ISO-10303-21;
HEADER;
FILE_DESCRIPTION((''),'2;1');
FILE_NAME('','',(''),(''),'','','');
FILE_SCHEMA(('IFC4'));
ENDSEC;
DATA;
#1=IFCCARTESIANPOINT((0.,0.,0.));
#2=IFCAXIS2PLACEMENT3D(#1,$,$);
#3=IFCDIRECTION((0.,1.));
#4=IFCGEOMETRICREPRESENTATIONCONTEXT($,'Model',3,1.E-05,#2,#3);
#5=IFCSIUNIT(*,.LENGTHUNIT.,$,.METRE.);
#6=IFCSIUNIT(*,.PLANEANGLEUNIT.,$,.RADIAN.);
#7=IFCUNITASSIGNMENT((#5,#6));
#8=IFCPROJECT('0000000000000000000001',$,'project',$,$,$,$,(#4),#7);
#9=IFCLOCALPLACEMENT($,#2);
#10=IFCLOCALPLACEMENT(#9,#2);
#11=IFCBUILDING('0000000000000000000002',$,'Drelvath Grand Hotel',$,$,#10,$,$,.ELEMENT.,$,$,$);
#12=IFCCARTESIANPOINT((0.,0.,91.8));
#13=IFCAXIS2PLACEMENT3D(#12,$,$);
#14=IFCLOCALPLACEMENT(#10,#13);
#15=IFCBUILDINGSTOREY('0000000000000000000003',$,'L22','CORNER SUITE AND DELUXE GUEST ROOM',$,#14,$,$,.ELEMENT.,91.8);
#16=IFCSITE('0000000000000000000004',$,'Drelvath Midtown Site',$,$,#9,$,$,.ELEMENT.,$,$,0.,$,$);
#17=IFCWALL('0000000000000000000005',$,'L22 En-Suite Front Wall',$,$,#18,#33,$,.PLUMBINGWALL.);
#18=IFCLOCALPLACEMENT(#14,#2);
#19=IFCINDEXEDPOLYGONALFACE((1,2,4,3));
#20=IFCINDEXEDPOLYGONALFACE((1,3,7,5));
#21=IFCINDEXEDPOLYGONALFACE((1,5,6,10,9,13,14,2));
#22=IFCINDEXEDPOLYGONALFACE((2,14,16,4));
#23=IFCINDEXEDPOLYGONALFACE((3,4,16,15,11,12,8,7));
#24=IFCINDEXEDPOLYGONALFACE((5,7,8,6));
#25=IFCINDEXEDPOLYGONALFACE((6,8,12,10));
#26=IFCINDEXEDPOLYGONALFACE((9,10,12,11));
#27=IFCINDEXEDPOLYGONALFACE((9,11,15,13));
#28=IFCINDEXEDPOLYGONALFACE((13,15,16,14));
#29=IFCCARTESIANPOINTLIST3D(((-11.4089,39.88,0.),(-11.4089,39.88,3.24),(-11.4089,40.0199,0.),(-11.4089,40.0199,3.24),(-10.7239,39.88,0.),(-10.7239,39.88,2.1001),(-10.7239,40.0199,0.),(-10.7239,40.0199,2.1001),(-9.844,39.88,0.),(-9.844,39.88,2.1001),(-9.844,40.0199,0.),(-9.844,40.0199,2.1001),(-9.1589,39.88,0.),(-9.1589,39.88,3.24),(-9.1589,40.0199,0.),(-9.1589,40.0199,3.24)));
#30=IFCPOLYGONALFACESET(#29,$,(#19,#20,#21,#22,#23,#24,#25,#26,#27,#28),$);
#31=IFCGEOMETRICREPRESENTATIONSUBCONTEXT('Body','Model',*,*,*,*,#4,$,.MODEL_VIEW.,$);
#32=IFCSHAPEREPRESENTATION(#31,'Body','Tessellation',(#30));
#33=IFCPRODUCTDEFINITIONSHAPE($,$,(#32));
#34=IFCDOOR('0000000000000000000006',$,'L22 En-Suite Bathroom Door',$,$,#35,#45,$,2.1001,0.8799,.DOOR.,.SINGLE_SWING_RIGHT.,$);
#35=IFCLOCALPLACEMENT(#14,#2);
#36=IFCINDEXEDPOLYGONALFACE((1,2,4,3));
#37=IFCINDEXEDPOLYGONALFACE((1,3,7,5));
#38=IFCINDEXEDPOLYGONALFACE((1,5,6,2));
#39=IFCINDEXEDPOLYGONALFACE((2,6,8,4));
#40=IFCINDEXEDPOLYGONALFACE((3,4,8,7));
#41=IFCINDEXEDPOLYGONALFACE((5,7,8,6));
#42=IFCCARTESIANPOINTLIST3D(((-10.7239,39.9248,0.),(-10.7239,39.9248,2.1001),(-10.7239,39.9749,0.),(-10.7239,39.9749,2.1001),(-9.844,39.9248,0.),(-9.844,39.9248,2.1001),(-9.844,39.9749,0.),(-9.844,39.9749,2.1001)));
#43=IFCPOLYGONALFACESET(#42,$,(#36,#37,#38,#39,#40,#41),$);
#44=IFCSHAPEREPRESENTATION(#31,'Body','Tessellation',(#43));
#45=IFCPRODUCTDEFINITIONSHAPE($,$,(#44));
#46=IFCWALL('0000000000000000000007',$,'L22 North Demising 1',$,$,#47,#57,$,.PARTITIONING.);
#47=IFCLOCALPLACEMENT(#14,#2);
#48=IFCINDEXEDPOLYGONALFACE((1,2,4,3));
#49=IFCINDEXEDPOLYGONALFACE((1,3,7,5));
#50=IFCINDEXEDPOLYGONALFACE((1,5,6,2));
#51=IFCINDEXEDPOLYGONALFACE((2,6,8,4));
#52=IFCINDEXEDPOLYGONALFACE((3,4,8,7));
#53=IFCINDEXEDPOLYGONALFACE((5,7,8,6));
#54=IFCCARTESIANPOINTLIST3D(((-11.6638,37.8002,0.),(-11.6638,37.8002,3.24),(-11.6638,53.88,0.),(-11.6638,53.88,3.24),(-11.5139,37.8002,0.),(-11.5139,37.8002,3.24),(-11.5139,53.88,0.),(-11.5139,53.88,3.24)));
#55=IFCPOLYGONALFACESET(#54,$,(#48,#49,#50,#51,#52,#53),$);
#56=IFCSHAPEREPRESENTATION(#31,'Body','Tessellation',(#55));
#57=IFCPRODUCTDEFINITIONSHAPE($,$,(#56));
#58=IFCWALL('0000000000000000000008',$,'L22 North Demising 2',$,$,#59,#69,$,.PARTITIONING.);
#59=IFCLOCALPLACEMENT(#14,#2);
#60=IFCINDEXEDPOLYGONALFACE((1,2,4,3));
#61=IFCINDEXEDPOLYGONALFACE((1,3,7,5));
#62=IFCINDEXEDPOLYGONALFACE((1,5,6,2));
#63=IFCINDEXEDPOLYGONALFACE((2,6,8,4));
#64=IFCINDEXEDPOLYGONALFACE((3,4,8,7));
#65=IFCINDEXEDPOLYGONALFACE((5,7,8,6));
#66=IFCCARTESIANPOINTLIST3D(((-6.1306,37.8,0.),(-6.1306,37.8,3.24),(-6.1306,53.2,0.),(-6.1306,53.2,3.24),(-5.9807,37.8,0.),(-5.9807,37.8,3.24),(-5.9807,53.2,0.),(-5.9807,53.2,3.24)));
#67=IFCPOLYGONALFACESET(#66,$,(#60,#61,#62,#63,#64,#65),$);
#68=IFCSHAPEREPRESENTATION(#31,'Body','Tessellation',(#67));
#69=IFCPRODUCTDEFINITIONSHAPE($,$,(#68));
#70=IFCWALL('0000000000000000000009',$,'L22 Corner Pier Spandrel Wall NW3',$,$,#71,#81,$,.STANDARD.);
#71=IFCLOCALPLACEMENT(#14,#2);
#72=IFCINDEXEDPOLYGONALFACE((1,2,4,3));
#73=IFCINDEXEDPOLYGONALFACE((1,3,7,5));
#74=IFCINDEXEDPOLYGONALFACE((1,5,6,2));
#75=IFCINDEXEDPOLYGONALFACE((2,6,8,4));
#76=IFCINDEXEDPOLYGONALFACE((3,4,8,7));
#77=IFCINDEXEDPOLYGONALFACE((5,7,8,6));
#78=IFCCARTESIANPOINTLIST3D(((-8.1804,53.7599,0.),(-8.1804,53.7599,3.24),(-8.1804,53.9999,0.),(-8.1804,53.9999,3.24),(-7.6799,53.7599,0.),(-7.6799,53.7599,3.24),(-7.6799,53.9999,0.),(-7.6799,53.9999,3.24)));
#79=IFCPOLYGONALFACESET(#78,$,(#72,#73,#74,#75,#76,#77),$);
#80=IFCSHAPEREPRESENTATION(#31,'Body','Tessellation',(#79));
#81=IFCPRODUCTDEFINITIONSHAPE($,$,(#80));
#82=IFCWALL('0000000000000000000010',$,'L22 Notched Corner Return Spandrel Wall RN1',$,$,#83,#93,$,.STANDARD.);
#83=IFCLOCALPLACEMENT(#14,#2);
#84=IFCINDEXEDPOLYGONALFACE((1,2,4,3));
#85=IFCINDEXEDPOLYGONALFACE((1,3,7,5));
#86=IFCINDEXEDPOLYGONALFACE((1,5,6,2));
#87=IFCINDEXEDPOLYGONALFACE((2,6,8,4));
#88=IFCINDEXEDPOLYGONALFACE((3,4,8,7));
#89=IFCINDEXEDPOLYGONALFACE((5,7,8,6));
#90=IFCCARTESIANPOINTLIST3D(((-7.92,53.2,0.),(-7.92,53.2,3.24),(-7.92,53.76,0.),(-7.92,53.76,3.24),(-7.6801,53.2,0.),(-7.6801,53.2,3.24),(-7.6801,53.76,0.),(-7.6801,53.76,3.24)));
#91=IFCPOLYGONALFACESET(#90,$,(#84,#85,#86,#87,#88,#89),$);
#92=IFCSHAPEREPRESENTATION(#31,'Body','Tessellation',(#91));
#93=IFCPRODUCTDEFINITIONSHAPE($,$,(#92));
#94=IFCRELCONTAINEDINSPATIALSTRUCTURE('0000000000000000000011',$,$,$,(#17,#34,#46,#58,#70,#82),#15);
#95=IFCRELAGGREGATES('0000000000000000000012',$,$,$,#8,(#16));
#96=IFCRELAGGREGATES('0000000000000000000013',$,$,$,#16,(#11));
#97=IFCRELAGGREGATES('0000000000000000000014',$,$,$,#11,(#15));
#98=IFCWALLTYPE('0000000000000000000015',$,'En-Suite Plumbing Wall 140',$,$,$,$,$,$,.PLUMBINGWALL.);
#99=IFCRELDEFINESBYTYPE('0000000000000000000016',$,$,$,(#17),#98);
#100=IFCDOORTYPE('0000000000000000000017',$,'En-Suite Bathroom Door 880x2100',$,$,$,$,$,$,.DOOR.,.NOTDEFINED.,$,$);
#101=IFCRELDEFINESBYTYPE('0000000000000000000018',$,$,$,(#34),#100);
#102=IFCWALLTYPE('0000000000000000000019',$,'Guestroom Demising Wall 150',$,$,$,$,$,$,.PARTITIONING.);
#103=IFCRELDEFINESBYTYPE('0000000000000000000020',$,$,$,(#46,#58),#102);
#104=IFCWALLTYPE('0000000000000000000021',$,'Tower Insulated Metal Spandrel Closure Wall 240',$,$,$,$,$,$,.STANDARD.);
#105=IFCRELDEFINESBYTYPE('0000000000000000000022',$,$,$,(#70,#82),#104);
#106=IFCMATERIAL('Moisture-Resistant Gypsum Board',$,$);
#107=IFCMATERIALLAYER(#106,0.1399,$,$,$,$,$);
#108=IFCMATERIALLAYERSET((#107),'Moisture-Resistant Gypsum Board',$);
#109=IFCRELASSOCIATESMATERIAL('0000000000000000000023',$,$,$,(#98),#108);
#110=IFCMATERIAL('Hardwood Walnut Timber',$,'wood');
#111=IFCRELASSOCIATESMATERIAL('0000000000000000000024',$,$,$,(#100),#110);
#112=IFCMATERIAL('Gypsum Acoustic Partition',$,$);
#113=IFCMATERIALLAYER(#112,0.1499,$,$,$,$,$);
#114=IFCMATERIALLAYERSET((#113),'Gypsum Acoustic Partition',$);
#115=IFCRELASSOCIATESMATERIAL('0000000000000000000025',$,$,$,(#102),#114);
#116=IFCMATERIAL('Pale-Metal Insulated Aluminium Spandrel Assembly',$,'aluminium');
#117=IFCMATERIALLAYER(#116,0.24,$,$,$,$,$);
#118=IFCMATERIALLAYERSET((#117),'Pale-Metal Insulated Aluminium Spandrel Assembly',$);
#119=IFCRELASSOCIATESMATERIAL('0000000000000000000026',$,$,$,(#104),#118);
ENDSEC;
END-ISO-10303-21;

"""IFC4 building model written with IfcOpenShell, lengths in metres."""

from ifc_helpers import new_model, si_unit, direction, frame, frame_2d, origin, place, context, subcontext, project, spatial, rectangle, extrude, material, layer, layer_set, type_object, element, fill, save


model = new_model("IFC4")

# Units and contexts
model_context = context("Model", 3, precision=1e-05, world=origin(), true_north=direction((0.0, 1.0)))
body_context = subcontext(model_context, "Body", "Model", "MODEL_VIEW")
ifc_project = project(units=[si_unit("LENGTHUNIT", "METRE"), si_unit("PLANEANGLEUNIT", "RADIAN")], contexts=[model_context])

# Site, building, storey
site_placement = place(None, origin())
site = spatial("IfcSite", under=ifc_project, at=site_placement, Name="Drelvath Midtown Site", CompositionType="ELEMENT", RefElevation=0.0)
building_placement = place(site_placement, origin())
building = spatial("IfcBuilding", under=site, at=building_placement, Name="Drelvath Grand Hotel", CompositionType="ELEMENT")
storey_placement = place(building_placement, frame((0.0, 0.0, 91.8)))
storey = spatial("IfcBuildingStorey", under=building, at=storey_placement, Name="L22", Description="CORNER SUITE AND DELUXE GUEST ROOM", CompositionType="ELEMENT", Elevation=91.8)

# Shared definitions
ifc_material_1 = material(Name="Moisture-Resistant Gypsum Board")
ifc_layer_1 = layer(ifc_material_1, 0.1399)
ifc_layer_set_1 = layer_set([ifc_layer_1], Name="Moisture-Resistant Gypsum Board")
wall_type_1 = type_object("IfcWallType", Name="En-Suite Plumbing Wall 140", PredefinedType="PLUMBINGWALL", material=ifc_layer_set_1)
ifc_material_2 = material(Name="Hardwood Walnut Timber", Category="wood")
door_type = type_object("IfcDoorType", Name="En-Suite Bathroom Door 880x2100", OperationType="NOTDEFINED", PredefinedType="DOOR", material=ifc_material_2)

# Wall, opening, door
wall_1_placement = place(storey_placement, frame((-11.4089, 39.95, 0.0), z_axis=(0.0, 0.0, 1.0), x_axis=(1.0, 0.0, 0.0)))
wall_1 = element("IfcWall", 1, at=wall_1_placement, inside=storey, type_object=wall_type_1, Name="L22 En-Suite Front Wall", PredefinedType="PLUMBINGWALL", context=body_context, shape_type="SweptSolid", body=[
    extrude(rectangle(XDim=2.25, YDim=0.1399, at=frame_2d((1.125, 0.0))), origin(), (0.0, 0.0, 1.0), 3.24),
])
opening_1_placement = place(wall_1_placement, frame((0.6851, 0.0, 0.0)))
opening_1 = element("IfcOpeningElement", 2, at=opening_1_placement, cuts=wall_1, PredefinedType="OPENING", context=body_context, shape_type="SweptSolid", body=[
    extrude(rectangle(XDim=0.8799, YDim=2.1001, at=frame_2d((0.4399, 1.05))), frame((0.0, 0.0798, 0.0), z_axis=(0.0, -1.0, 0.0), x_axis=(1.0, 0.0, 0.0)), (0.0, 0.0, 1.0), 0.1599),
])
door_1_placement = place(opening_1_placement, origin())
door_1 = element("IfcDoor", 3, at=door_1_placement, inside=storey, type_object=door_type, Name="L22 En-Suite Bathroom Door", OperationType="SINGLE_SWING_RIGHT", OverallHeight=2.1001, OverallWidth=0.8799, PredefinedType="DOOR", context=body_context, shape_type="SweptSolid", body=[
    extrude(rectangle(XDim=0.8799, YDim=2.1001, at=frame_2d((0.4399, 1.05))), frame((0.0, 0.0249, 0.0), z_axis=(0.0, -1.0, 0.0), x_axis=(1.0, 0.0, 0.0)), (0.0, 0.0, 1.0), 0.05),
])
fill(opening_1, door_1)

# Walls
ifc_material_3 = material(Name="Gypsum Acoustic Partition")
ifc_layer_2 = layer(ifc_material_3, 0.1499)
ifc_layer_set_2 = layer_set([ifc_layer_2], Name="Gypsum Acoustic Partition")
wall_type_2 = type_object("IfcWallType", Name="Guestroom Demising Wall 150", PredefinedType="PARTITIONING", material=ifc_layer_set_2)
wall_2_placement = place(storey_placement, frame((-11.5889, 37.8, 0.0), z_axis=(0.0, 0.0, 1.0), x_axis=(0.0, 1.0, 0.0)))
element("IfcWall", 4, at=wall_2_placement, inside=storey, type_object=wall_type_2, Name="L22 North Demising 1", PredefinedType="PARTITIONING", context=body_context, shape_type="SweptSolid", body=[
    extrude(rectangle(XDim=16.0798, YDim=0.1499, at=frame_2d((8.04, 0.0))), origin(), (0.0, 0.0, 1.0), 3.24),
])
wall_3_placement = place(storey_placement, frame((-6.0557, 37.8, 0.0), z_axis=(0.0, 0.0, 1.0), x_axis=(0.0, 1.0, 0.0)))
element("IfcWall", 5, at=wall_3_placement, inside=storey, type_object=wall_type_2, Name="L22 North Demising 2", PredefinedType="PARTITIONING", context=body_context, shape_type="SweptSolid", body=[
    extrude(rectangle(XDim=15.3999, YDim=0.1499, at=frame_2d((7.7, 0.0))), origin(), (0.0, 0.0, 1.0), 3.24),
])
ifc_material_4 = material(Name="Pale-Metal Insulated Aluminium Spandrel Assembly", Category="aluminium")
ifc_layer_3 = layer(ifc_material_4, 0.24)
ifc_layer_set_3 = layer_set([ifc_layer_3], Name="Pale-Metal Insulated Aluminium Spandrel Assembly")
wall_type_3 = type_object("IfcWallType", Name="Tower Insulated Metal Spandrel Closure Wall 240", PredefinedType="STANDARD", material=ifc_layer_set_3)
wall_4_placement = place(storey_placement, frame((-8.1804, 53.8799, 0.0), z_axis=(0.0, 0.0, 1.0), x_axis=(1.0, 0.0, 0.0)))
element("IfcWall", 6, at=wall_4_placement, inside=storey, type_object=wall_type_3, Name="L22 Corner Pier Spandrel Wall NW3", PredefinedType="STANDARD", context=body_context, shape_type="SweptSolid", body=[
    extrude(rectangle(XDim=0.5005, YDim=0.24, at=frame_2d((0.2502, 0.0))), origin(), (0.0, 0.0, 1.0), 3.24),
])
wall_5_placement = place(storey_placement, frame((-7.8, 53.76, 0.0), z_axis=(0.0, 0.0, 1.0), x_axis=(0.0, -1.0, 0.0)))
element("IfcWall", 7, at=wall_5_placement, inside=storey, type_object=wall_type_3, Name="L22 Notched Corner Return Spandrel Wall RN1", PredefinedType="STANDARD", context=body_context, shape_type="SweptSolid", body=[
    extrude(rectangle(XDim=0.5601, YDim=0.24, at=frame_2d((0.28, 0.0))), origin(), (0.0, 0.0, 1.0), 3.24),
])

save(model, "model.ifc")
